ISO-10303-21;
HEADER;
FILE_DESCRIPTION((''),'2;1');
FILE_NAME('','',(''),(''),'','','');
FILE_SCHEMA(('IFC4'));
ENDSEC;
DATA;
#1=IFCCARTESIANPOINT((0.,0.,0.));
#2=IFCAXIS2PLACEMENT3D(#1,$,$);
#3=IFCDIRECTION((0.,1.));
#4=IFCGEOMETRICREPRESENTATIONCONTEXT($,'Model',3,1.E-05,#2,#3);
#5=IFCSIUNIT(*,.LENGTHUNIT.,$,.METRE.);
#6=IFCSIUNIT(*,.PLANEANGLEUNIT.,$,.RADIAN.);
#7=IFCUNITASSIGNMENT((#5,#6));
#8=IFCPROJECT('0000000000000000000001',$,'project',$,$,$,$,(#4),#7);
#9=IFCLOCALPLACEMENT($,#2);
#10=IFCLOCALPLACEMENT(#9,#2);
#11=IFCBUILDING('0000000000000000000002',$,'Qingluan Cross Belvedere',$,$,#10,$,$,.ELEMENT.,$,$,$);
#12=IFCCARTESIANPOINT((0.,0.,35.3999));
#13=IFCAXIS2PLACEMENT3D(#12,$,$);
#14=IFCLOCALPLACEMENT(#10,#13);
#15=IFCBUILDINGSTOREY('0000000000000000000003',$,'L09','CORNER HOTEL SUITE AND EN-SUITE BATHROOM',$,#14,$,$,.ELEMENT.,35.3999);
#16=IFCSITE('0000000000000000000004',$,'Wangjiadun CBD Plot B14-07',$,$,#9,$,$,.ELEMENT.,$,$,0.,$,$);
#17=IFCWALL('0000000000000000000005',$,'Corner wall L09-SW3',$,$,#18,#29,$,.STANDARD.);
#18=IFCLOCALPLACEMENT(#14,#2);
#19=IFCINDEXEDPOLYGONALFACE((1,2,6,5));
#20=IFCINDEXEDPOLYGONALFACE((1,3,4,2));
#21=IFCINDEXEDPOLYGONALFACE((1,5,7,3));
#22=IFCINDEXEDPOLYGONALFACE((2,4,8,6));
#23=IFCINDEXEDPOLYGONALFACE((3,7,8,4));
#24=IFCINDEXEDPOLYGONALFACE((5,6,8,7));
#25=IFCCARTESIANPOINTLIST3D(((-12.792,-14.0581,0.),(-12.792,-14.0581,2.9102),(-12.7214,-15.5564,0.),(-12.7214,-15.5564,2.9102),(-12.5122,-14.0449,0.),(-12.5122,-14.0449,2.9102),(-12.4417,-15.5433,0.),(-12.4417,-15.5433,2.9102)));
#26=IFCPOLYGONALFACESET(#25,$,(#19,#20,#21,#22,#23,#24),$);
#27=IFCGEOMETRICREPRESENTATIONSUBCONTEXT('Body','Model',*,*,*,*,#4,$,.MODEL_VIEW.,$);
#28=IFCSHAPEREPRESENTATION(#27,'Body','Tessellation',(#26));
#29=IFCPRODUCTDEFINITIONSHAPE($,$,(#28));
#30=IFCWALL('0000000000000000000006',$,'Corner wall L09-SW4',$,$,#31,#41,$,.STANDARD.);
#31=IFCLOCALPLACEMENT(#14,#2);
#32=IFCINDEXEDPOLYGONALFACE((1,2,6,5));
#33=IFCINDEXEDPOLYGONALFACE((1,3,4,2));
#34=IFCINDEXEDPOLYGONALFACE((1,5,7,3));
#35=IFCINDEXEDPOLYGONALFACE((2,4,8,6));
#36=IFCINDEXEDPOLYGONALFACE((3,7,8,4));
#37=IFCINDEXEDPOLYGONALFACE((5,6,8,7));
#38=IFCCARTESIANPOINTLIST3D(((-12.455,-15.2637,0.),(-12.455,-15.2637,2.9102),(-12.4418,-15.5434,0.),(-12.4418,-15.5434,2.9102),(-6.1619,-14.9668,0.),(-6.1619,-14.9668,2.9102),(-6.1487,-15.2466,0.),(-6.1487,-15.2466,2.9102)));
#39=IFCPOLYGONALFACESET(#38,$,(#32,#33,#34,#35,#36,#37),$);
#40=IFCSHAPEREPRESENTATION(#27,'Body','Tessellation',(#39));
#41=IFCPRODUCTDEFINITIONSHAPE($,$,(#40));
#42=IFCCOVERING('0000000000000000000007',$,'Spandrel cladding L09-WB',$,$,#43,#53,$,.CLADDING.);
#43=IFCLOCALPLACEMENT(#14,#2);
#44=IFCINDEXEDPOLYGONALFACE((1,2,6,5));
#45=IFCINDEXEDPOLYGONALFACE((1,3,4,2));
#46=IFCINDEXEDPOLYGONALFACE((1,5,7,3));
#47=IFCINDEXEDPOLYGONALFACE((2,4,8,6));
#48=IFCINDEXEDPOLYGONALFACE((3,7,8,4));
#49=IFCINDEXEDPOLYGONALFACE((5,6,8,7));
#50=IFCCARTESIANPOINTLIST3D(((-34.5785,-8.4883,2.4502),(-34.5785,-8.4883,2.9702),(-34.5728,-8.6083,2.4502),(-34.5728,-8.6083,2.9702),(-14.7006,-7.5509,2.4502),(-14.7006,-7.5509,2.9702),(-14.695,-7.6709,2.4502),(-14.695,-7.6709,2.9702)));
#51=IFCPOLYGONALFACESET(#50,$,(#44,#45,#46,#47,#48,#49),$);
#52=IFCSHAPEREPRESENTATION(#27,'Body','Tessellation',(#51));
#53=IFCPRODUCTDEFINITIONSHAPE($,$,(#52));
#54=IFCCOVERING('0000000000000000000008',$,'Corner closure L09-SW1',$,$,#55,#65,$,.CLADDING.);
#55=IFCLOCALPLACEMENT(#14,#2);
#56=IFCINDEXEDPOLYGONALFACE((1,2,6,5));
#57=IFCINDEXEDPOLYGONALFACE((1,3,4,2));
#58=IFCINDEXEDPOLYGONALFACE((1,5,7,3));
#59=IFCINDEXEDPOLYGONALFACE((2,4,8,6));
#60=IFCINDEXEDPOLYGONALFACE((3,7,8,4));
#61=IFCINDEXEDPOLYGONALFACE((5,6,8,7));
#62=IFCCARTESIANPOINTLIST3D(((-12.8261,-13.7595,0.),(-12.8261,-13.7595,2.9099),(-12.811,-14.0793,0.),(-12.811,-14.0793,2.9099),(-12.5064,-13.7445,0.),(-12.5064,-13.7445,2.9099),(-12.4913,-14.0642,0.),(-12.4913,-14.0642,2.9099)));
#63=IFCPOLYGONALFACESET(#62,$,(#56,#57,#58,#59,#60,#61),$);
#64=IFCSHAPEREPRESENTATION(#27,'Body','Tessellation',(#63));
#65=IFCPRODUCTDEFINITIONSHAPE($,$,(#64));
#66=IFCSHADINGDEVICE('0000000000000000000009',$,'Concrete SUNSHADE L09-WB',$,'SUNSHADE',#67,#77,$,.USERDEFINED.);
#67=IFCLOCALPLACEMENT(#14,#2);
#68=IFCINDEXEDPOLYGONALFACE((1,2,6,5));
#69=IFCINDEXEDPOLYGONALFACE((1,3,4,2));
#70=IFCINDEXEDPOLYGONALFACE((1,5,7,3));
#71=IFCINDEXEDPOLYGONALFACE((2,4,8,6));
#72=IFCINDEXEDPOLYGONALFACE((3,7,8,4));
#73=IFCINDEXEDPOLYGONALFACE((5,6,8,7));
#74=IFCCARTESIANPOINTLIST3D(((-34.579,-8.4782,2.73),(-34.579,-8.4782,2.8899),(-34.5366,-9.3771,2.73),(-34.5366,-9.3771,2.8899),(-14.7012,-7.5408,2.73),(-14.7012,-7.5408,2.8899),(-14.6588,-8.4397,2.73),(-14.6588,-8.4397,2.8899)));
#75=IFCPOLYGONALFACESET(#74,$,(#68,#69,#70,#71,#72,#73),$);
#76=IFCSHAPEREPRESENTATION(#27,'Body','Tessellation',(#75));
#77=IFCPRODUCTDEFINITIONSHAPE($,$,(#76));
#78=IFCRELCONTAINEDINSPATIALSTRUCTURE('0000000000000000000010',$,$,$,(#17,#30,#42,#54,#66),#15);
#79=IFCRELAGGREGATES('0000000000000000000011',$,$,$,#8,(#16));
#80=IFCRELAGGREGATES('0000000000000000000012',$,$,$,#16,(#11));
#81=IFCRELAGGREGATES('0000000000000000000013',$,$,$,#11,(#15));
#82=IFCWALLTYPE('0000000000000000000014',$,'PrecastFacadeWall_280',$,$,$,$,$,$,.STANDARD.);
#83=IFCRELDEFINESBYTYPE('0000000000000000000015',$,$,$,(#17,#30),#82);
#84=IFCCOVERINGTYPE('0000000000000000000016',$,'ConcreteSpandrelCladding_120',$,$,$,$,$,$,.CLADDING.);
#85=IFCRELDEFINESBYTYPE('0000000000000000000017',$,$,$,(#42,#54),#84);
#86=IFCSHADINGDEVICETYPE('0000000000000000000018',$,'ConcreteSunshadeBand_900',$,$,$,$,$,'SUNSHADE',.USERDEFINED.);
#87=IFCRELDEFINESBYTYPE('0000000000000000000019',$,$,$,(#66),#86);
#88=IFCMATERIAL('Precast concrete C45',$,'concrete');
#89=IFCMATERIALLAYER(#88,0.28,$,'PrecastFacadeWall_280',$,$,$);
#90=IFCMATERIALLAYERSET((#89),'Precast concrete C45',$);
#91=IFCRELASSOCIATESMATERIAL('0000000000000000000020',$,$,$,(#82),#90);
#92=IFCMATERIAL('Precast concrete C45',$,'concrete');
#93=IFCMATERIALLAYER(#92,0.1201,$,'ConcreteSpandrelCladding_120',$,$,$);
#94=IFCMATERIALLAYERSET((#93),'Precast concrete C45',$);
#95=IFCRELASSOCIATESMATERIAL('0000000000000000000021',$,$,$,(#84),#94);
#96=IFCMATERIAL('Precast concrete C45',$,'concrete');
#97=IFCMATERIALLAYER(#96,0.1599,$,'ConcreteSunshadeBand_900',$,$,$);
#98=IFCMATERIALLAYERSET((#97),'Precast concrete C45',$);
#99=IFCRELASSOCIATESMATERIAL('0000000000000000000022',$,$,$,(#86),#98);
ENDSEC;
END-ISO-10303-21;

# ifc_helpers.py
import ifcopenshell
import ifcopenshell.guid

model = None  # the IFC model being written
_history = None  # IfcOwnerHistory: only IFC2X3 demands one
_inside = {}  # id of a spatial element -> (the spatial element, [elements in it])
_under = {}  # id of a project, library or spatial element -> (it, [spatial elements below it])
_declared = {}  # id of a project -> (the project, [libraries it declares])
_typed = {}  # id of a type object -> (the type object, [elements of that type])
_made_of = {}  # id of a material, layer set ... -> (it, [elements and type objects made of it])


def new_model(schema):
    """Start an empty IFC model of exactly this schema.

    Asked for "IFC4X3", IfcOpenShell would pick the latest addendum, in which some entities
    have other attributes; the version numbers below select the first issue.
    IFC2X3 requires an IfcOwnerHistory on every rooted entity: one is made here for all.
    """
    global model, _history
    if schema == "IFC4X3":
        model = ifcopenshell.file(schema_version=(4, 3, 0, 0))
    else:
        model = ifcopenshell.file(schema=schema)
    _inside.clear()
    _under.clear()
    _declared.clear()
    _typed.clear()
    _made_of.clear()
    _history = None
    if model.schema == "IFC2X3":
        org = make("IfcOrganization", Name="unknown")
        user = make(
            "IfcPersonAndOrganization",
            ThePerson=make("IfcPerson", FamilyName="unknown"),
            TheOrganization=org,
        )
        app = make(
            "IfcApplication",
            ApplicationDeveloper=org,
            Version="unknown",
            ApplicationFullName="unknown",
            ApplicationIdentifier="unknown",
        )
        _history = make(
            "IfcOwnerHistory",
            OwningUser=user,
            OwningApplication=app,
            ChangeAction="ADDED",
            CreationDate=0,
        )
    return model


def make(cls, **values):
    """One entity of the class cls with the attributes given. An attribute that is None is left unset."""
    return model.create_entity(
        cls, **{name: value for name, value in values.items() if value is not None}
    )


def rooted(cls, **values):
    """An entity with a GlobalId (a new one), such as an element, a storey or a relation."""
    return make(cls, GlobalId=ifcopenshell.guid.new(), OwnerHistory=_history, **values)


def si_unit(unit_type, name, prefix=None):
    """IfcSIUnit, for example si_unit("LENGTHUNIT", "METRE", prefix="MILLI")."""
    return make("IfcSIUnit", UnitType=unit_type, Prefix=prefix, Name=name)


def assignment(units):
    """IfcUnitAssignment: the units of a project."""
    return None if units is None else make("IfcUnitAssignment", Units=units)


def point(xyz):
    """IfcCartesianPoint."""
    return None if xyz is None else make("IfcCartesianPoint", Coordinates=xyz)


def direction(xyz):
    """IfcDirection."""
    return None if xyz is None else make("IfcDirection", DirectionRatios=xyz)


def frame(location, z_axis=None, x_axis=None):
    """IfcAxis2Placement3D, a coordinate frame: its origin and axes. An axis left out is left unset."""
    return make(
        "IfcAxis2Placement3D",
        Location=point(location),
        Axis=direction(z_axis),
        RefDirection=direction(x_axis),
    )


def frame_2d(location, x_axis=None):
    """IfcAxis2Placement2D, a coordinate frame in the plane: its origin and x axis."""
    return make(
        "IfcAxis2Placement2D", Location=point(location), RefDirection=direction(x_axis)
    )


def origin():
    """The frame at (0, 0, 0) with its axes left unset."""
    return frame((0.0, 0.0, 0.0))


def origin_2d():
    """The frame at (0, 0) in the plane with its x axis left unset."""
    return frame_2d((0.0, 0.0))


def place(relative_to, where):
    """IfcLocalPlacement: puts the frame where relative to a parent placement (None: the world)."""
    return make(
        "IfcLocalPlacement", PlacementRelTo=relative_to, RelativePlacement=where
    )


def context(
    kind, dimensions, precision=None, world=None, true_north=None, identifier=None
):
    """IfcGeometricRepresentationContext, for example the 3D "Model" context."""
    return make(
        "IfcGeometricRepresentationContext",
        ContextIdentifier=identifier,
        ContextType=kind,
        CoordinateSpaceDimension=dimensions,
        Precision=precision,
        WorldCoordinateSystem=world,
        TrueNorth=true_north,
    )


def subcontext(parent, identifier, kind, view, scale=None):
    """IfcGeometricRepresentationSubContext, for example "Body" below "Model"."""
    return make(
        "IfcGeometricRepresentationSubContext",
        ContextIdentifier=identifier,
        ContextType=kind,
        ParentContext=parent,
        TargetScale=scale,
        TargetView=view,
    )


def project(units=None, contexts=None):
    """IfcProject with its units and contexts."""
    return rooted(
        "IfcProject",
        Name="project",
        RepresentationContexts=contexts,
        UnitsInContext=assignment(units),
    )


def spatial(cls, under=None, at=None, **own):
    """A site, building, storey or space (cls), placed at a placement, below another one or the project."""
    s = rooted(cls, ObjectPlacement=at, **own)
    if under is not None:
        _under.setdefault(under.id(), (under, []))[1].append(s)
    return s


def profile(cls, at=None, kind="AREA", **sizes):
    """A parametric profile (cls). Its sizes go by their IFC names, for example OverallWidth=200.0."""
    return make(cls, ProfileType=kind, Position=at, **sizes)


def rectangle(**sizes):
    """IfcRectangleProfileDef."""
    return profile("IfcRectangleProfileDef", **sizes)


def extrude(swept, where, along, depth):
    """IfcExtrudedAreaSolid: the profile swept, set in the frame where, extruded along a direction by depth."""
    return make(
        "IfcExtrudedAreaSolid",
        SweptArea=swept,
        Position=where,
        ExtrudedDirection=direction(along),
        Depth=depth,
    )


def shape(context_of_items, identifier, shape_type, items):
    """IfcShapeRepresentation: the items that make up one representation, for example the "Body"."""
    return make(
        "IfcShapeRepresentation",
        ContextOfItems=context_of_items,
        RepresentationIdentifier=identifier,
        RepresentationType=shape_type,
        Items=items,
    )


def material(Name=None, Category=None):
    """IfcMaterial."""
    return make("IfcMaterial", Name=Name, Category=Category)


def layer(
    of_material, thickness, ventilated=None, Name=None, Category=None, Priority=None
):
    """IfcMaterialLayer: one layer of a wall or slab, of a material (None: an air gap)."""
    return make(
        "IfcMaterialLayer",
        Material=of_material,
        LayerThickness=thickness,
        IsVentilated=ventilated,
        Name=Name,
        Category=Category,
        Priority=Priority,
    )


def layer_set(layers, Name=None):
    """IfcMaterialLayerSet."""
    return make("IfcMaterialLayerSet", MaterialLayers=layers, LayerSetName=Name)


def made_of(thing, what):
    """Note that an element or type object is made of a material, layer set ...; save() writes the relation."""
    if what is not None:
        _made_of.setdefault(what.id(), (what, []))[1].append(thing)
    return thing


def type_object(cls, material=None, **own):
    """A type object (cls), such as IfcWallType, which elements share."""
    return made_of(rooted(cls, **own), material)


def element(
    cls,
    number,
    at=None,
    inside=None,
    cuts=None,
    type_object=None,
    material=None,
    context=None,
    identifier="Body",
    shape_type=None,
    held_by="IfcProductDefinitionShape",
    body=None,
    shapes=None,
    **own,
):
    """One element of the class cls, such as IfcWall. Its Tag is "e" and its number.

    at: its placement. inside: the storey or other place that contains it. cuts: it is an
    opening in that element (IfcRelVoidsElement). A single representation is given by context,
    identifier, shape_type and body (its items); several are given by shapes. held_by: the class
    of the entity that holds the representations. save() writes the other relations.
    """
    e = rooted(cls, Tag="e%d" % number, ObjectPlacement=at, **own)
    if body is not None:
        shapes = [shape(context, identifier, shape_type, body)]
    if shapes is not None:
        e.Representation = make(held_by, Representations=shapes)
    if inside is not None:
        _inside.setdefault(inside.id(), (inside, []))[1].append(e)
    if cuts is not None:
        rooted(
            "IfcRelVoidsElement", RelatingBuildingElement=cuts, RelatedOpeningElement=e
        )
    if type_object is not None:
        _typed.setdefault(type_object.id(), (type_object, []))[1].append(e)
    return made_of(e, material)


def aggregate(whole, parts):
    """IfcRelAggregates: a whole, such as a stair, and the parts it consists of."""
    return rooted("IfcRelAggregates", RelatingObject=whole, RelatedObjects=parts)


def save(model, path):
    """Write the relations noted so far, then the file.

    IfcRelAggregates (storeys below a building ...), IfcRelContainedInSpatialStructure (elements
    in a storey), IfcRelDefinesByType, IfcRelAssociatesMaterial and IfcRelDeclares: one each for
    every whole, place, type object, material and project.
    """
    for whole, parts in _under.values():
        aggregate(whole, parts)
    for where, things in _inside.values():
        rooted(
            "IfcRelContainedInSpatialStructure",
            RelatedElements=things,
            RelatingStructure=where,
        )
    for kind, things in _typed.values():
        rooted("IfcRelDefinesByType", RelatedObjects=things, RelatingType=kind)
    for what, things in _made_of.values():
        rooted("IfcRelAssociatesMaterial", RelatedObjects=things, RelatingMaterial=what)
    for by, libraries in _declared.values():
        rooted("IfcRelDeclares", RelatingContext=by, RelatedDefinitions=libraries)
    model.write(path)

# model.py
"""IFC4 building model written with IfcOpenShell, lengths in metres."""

from ifc_helpers import new_model, si_unit, direction, frame, frame_2d, origin, origin_2d, place, context, subcontext, project, spatial, rectangle, extrude, material, layer, layer_set, type_object, element, save


model = new_model("IFC4")

# Units and contexts
model_context = context("Model", 3, precision=1e-05, world=origin(), true_north=direction((0.0, 1.0)))
body_context = subcontext(model_context, "Body", "Model", "MODEL_VIEW")
ifc_project = project(units=[si_unit("LENGTHUNIT", "METRE"), si_unit("PLANEANGLEUNIT", "RADIAN")], contexts=[model_context])

# Site, building, storey
site_placement = place(None, origin())
site = spatial("IfcSite", under=ifc_project, at=site_placement, Name="Wangjiadun CBD Plot B14-07", CompositionType="ELEMENT", RefElevation=0.0)
building_placement = place(site_placement, origin())
building = spatial("IfcBuilding", under=site, at=building_placement, Name="Qingluan Cross Belvedere", CompositionType="ELEMENT")
storey_placement = place(building_placement, frame((0.0, 0.0, 35.3999)))
storey = spatial("IfcBuildingStorey", under=building, at=storey_placement, Name="L09", Description="CORNER HOTEL SUITE AND EN-SUITE BATHROOM", CompositionType="ELEMENT", Elevation=35.3999)

# Shared definitions
ifc_material_1 = material(Name="Precast concrete C45", Category="concrete")
ifc_layer_1 = layer(ifc_material_1, 0.28, Name="PrecastFacadeWall_280")
ifc_layer_set_1 = layer_set([ifc_layer_1], Name="Precast concrete C45")
wall_type_1 = type_object("IfcWallType", Name="PrecastFacadeWall_280", PredefinedType="STANDARD", material=ifc_layer_set_1)

# Walls
wall_1_placement = place(storey_placement, frame((-12.6521, -14.0515, 0.0), z_axis=(0.0, 0.0, 1.0), x_axis=(0.047039, -0.998893, 0.0)))
element("IfcWall", 1, at=wall_1_placement, inside=storey, type_object=wall_type_1, Name="Corner wall L09-SW3", PredefinedType="STANDARD", context=body_context, shape_type="SweptSolid", body=[
    extrude(rectangle(XDim=1.5, YDim=0.28, at=frame_2d((0.75, 0.0))), origin(), (0.0, 0.0, 1.0), 2.9102),
])
wall_2_placement = place(storey_placement, frame((-12.4482, -15.4036, 0.0), z_axis=(0.0, 0.0, 1.0), x_axis=(0.998889, 0.047123, 0.0)))
element("IfcWall", 2, at=wall_2_placement, inside=storey, type_object=wall_type_1, Name="Corner wall L09-SW4", PredefinedType="STANDARD", context=body_context, shape_type="SweptSolid", body=[
    extrude(rectangle(XDim=6.3, YDim=0.28, at=frame_2d((3.1499, 0.0))), origin(), (0.0, 0.0, 1.0), 2.9102),
])

# Coverings
ifc_material_2 = material(Name="Precast concrete C45", Category="concrete")
ifc_layer_2 = layer(ifc_material_2, 0.1201, Name="ConcreteSpandrelCladding_120")
ifc_layer_set_2 = layer_set([ifc_layer_2], Name="Precast concrete C45")
covering_type = type_object("IfcCoveringType", Name="ConcreteSpandrelCladding_120", PredefinedType="CLADDING", material=ifc_layer_set_2)
covering_1_placement = place(storey_placement, frame((-24.6367, -8.0796, 2.4502), z_axis=(0.0, 0.0, 1.0), x_axis=(0.99889, 0.047105, 0.0)))
element("IfcCovering", 3, at=covering_1_placement, inside=storey, type_object=covering_type, Name="Spandrel cladding L09-WB", PredefinedType="CLADDING", context=body_context, shape_type="SweptSolid", body=[
    extrude(rectangle(XDim=19.8999, YDim=0.1201, at=origin_2d()), origin(), (0.0, 0.0, 1.0), 0.52),
])
covering_2_placement = place(storey_placement, frame((-12.6587, -13.9119, 0.0), z_axis=(0.0, 0.0, 1.0), x_axis=(0.99889, 0.047106, 0.0)))
element("IfcCovering", 4, at=covering_2_placement, inside=storey, type_object=covering_type, Name="Corner closure L09-SW1", PredefinedType="CLADDING", context=body_context, shape_type="SweptSolid", body=[
    extrude(rectangle(XDim=0.3201, YDim=0.3201, at=origin_2d()), origin(), (0.0, 0.0, 1.0), 2.9099),
])

# Shading device
ifc_material_3 = material(Name="Precast concrete C45", Category="concrete")
ifc_layer_3 = layer(ifc_material_3, 0.1599, Name="ConcreteSunshadeBand_900")
ifc_layer_set_3 = layer_set([ifc_layer_3], Name="Precast concrete C45")
shading_device_type = type_object("IfcShadingDeviceType", Name="ConcreteSunshadeBand_900", ElementType="SUNSHADE", PredefinedType="USERDEFINED", material=ifc_layer_set_3)
shading_device_placement = place(storey_placement, frame((-24.6189, -8.459, 2.73), z_axis=(0.0, 0.0, 1.0), x_axis=(0.99889, 0.047105, 0.0)))
element("IfcShadingDevice", 5, at=shading_device_placement, inside=storey, type_object=shading_device_type, Name="Concrete SUNSHADE L09-WB", ObjectType="SUNSHADE", PredefinedType="USERDEFINED", context=body_context, shape_type="SweptSolid", body=[
    extrude(rectangle(XDim=19.8999, YDim=0.8999, at=origin_2d()), origin(), (0.0, 0.0, 1.0), 0.1599),
])

save(model, "model.ifc")
